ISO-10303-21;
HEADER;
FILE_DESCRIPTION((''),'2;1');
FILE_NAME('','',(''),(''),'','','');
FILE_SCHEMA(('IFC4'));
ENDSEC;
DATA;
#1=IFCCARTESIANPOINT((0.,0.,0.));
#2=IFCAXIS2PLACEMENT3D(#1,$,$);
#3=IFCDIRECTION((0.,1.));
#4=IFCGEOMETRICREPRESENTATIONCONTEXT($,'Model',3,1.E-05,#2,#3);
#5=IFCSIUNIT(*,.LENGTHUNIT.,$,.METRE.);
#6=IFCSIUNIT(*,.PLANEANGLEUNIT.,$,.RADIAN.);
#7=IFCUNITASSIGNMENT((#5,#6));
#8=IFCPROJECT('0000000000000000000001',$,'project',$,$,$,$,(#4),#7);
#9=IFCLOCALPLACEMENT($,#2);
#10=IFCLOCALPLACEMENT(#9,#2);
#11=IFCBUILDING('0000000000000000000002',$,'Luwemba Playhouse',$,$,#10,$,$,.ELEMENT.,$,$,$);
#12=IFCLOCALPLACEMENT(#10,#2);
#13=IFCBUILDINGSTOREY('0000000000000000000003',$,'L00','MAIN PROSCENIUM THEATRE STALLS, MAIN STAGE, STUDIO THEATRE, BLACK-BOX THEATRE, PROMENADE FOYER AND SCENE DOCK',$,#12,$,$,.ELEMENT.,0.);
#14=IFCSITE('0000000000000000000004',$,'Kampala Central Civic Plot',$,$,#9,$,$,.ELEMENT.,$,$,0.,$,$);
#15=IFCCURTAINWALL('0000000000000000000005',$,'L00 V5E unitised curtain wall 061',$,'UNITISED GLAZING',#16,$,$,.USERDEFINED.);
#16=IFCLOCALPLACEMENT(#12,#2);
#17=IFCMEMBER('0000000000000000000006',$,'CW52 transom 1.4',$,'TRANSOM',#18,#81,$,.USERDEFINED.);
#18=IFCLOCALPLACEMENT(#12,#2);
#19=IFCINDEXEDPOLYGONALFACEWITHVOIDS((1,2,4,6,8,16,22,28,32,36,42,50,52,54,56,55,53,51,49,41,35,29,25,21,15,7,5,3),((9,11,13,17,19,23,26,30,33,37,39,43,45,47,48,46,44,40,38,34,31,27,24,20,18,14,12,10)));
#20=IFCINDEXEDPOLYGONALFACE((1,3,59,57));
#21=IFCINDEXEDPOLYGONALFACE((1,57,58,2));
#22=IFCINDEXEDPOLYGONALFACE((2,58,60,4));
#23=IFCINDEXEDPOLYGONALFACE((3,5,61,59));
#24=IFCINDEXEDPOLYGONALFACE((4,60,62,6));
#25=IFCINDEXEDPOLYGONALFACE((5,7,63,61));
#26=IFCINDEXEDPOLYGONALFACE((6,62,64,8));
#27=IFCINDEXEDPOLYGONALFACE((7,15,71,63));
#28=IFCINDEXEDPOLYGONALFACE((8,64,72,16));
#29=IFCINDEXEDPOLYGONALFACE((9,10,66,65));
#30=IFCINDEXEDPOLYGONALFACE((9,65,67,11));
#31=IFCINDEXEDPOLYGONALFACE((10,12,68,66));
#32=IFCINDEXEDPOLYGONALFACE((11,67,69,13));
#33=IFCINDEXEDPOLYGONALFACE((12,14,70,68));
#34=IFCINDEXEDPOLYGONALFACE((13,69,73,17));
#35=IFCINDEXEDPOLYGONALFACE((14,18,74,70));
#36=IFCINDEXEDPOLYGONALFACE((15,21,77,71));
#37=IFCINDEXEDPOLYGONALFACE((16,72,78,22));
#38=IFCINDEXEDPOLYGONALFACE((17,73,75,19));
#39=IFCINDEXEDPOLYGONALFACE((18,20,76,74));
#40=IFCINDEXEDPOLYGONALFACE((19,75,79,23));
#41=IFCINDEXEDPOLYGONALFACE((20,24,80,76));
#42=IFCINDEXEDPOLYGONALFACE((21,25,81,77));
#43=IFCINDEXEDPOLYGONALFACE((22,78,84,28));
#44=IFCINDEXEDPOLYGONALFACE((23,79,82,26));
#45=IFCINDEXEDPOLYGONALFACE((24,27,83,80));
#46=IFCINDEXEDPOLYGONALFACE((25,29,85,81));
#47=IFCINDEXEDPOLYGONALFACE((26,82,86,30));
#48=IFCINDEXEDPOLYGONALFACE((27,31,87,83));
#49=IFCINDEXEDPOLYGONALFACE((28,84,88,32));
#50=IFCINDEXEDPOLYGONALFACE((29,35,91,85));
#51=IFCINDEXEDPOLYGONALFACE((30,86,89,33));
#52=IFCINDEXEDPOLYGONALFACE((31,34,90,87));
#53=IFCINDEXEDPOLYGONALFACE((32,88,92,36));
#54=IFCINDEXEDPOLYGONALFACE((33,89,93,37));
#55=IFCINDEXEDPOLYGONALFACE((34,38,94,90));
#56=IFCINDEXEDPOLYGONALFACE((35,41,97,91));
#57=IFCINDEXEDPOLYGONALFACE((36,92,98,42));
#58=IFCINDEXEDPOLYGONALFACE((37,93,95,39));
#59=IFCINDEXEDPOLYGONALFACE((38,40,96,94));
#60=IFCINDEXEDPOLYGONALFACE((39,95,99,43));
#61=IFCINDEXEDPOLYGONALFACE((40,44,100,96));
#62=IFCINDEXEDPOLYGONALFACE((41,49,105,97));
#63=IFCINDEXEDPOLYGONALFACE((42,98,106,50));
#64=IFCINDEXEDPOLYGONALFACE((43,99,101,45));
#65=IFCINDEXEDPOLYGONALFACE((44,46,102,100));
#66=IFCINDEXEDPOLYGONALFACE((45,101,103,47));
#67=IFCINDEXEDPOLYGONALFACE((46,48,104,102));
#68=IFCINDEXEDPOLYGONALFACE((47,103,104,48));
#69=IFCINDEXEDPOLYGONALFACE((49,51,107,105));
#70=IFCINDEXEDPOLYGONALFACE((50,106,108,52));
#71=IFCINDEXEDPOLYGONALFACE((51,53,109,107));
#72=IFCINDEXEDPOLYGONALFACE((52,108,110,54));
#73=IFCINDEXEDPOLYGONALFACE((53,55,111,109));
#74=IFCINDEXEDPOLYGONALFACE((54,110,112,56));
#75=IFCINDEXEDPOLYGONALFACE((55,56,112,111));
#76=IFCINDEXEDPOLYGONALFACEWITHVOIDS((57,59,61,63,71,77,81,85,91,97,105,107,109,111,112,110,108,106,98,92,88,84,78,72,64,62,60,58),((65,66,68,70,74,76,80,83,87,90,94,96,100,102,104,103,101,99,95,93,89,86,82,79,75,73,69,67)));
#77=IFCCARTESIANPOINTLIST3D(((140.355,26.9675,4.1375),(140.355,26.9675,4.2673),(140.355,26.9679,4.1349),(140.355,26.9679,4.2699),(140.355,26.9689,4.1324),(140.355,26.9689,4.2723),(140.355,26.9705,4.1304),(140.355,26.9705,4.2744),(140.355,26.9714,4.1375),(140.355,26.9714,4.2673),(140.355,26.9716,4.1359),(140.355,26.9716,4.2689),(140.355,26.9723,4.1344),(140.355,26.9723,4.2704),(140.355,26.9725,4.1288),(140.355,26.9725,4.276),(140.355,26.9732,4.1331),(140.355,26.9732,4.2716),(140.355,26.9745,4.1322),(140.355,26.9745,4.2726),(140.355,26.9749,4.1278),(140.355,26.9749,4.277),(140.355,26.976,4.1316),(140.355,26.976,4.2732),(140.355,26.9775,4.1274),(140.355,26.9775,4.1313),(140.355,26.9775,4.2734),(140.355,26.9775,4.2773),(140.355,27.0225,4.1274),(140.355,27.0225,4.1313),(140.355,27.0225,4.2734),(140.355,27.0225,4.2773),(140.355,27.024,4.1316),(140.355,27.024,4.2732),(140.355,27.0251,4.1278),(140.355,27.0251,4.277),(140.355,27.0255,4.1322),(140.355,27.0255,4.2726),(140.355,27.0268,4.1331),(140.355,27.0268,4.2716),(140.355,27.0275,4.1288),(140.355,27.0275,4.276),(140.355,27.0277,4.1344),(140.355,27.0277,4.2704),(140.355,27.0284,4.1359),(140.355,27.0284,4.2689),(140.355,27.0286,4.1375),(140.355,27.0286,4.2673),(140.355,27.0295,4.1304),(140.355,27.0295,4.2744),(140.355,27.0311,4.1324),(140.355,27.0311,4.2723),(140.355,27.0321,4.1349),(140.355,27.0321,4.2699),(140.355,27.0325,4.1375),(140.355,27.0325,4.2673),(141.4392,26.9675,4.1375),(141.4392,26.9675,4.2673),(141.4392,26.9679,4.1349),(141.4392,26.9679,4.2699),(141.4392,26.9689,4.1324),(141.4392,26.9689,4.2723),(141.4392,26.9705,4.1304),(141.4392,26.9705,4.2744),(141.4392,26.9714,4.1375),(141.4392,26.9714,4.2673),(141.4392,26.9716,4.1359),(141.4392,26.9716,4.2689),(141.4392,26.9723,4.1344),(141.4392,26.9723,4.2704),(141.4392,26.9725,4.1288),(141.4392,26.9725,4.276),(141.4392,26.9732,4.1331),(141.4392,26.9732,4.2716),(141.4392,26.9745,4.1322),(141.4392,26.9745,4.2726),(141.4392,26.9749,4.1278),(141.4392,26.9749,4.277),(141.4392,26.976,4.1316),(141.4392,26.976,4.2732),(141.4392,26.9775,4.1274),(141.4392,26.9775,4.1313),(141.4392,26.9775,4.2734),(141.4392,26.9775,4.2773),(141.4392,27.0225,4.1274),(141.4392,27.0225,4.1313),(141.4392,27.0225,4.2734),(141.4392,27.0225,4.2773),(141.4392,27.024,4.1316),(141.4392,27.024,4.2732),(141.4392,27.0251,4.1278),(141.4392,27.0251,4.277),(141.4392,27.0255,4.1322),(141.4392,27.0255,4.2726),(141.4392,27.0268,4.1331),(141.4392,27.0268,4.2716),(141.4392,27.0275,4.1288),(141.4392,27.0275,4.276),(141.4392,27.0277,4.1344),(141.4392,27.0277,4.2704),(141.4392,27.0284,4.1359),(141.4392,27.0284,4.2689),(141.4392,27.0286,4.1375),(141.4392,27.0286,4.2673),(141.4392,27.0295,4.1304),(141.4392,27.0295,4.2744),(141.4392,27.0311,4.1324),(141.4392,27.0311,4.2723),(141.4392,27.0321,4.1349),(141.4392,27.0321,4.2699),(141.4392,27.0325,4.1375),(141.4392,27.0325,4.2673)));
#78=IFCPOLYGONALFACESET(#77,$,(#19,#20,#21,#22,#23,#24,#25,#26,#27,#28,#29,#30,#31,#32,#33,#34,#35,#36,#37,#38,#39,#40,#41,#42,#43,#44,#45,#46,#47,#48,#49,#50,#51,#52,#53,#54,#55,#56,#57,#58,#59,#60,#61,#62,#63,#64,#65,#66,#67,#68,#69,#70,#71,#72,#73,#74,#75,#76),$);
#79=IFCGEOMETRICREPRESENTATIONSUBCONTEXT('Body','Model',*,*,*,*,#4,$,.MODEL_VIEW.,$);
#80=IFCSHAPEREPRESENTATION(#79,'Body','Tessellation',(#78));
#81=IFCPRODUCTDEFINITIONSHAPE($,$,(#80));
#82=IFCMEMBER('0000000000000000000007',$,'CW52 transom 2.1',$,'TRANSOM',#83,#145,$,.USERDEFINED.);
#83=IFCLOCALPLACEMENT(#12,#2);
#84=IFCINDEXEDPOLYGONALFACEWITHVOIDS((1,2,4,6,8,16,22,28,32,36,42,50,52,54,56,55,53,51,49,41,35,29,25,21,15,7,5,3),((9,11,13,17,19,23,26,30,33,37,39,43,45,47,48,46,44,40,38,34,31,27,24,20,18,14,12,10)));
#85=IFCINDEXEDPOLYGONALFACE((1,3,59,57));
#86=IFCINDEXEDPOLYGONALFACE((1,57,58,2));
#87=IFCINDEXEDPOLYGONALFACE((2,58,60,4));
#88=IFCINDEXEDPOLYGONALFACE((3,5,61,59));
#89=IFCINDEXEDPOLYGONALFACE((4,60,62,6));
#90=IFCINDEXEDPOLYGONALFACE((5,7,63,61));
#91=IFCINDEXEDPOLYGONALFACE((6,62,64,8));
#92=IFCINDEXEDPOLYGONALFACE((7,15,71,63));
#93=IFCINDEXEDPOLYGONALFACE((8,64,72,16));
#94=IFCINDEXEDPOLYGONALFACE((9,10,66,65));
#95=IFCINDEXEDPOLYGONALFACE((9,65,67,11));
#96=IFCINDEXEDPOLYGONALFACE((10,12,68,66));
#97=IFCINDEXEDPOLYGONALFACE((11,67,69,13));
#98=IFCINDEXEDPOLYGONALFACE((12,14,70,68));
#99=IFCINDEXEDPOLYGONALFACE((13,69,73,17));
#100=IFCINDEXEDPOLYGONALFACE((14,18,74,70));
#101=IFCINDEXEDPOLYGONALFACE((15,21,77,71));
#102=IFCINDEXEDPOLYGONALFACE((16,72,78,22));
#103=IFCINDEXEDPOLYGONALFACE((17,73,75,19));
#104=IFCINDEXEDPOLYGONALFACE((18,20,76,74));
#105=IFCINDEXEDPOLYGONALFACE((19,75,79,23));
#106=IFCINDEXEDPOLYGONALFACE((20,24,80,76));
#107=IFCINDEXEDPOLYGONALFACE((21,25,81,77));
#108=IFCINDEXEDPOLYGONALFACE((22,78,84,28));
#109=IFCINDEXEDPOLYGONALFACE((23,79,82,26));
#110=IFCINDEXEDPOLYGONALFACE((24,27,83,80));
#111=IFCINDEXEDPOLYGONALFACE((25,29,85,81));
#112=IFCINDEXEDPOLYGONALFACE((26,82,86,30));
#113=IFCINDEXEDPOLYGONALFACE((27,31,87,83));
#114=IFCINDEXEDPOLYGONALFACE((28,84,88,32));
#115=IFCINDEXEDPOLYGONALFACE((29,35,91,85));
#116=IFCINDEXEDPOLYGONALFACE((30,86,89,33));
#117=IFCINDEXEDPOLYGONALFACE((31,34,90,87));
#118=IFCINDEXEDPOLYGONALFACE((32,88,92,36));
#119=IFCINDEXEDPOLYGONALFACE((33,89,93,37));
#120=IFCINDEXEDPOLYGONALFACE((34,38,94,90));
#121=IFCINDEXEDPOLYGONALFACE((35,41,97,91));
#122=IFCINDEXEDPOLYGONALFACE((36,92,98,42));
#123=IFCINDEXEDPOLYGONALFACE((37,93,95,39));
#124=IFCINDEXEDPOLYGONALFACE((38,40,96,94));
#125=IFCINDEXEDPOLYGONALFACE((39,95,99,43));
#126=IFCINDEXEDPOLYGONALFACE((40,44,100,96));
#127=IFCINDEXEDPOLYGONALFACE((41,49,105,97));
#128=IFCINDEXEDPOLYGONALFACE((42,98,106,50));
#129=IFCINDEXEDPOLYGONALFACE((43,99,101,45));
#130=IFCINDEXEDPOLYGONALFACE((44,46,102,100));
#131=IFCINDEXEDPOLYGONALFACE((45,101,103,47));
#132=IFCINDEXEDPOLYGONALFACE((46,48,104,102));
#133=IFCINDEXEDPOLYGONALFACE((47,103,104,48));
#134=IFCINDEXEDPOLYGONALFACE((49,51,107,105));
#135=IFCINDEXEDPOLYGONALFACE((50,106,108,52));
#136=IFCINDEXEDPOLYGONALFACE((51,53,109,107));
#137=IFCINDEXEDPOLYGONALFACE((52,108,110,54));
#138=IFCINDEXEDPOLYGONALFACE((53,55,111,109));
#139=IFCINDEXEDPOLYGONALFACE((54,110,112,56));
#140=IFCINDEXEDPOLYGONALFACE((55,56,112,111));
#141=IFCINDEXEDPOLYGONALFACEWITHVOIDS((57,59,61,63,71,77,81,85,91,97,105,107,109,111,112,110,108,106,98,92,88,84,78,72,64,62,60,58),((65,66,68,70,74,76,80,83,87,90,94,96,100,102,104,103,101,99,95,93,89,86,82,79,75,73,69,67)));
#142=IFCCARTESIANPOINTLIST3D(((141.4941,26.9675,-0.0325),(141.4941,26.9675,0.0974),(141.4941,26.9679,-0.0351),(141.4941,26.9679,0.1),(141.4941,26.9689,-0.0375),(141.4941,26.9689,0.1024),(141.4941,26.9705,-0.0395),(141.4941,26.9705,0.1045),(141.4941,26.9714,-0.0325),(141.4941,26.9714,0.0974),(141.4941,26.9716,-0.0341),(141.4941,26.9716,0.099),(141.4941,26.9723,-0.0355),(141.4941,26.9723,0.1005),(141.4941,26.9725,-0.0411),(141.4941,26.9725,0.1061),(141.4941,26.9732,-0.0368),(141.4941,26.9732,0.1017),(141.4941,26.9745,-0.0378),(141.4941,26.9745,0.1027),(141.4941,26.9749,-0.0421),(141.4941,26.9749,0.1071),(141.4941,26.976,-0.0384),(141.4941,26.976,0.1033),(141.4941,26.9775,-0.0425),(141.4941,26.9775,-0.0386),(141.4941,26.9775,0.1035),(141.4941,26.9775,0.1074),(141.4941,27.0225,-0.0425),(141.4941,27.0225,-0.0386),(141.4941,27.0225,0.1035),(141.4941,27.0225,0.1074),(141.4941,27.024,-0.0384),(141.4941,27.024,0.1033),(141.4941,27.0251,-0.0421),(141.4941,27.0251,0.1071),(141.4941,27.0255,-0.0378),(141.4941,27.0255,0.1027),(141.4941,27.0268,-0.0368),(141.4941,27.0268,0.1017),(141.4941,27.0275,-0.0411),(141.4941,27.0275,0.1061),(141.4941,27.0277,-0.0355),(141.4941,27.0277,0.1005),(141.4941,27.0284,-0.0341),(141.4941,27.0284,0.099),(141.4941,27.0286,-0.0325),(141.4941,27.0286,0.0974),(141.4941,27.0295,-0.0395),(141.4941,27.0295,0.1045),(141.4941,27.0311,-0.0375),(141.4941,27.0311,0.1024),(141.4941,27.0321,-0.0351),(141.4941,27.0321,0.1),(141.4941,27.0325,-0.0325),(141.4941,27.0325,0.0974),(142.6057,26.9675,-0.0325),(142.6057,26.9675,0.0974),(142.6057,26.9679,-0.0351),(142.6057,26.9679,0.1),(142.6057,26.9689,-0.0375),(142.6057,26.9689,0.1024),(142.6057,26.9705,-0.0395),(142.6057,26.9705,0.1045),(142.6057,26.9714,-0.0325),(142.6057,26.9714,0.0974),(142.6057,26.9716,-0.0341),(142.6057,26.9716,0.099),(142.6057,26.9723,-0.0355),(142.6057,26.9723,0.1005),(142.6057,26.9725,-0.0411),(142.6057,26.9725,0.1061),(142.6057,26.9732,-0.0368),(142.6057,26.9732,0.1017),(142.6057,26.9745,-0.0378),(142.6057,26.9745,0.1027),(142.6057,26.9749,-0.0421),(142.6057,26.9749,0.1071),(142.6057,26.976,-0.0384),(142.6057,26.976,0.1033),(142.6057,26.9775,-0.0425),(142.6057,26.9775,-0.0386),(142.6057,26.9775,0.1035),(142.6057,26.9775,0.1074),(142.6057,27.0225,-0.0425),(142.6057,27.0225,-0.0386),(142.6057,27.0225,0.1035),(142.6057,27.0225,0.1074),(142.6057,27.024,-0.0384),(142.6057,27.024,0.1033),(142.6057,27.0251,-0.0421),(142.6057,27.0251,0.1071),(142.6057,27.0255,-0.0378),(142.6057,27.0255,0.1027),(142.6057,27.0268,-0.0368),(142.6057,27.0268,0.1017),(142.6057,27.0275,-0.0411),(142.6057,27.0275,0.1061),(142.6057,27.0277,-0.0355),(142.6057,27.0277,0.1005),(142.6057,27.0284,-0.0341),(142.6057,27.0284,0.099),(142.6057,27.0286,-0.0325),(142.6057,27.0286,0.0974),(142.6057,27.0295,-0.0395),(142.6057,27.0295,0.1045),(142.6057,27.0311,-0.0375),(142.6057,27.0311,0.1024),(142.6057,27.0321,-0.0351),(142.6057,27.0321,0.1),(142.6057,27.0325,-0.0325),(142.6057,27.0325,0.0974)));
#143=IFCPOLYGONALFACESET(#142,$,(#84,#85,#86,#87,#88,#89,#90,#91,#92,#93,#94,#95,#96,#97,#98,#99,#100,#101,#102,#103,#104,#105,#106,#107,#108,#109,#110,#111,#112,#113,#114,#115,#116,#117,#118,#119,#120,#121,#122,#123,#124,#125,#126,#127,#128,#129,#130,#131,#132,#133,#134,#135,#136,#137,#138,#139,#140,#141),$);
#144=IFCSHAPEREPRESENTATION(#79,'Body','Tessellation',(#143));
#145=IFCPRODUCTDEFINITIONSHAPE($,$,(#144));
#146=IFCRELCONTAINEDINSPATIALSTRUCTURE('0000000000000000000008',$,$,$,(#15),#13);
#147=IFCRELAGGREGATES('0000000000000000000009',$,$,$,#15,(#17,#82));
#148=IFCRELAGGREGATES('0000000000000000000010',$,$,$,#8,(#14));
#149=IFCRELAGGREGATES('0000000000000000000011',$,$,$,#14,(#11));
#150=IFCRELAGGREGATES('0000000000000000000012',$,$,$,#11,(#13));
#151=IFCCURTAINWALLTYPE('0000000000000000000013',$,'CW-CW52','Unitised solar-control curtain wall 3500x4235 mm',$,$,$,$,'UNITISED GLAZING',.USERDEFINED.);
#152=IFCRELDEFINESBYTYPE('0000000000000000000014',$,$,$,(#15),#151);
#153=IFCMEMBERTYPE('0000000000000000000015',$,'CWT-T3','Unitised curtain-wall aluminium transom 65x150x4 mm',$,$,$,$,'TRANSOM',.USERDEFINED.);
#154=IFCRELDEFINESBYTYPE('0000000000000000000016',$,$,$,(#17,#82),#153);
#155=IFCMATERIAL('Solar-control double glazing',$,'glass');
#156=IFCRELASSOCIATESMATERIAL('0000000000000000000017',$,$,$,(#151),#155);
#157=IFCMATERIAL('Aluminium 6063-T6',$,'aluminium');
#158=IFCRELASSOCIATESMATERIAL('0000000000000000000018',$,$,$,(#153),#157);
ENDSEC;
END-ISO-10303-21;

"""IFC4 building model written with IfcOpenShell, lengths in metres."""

from ifc_helpers import new_model, si_unit, direction, frame, origin, origin_2d, place, context, subcontext, project, spatial, hollow_rectangle, extrude, material, material_profile, profile_set, type_object, element, aggregate, save


model = new_model("IFC4")

# Units and contexts
model_context = context("Model", 3, precision=1e-05, world=origin(), true_north=direction((0.0, 1.0)))
body_context = subcontext(model_context, "Body", "Model", "MODEL_VIEW")
ifc_project = project(units=[si_unit("LENGTHUNIT", "METRE"), si_unit("PLANEANGLEUNIT", "RADIAN")], contexts=[model_context])

# Site, building, storey
site_placement = place(None, origin())
site = spatial("IfcSite", under=ifc_project, at=site_placement, Name="Kampala Central Civic Plot", CompositionType="ELEMENT", RefElevation=0.0)
building_placement = place(site_placement, origin())
building = spatial("IfcBuilding", under=site, at=building_placement, Name="Luwemba Playhouse", CompositionType="ELEMENT")
storey_placement = place(building_placement, origin())
storey = spatial("IfcBuildingStorey", under=building, at=storey_placement, Name="L00", Description="MAIN PROSCENIUM THEATRE STALLS, MAIN STAGE, STUDIO THEATRE, BLACK-BOX THEATRE, PROMENADE FOYER AND SCENE DOCK", CompositionType="ELEMENT", Elevation=0.0)

# Shared definitions
ifc_material_1 = material(Name="Solar-control double glazing", Category="glass")
ifc_material_2 = material(Name="Aluminium 6063-T6", Category="aluminium")

# Curtain wall
curtain_wall_type_1 = type_object("IfcCurtainWallType", Name="CW-CW52", Description="Unitised solar-control curtain wall 3500x4235 mm", ElementType="UNITISED GLAZING", PredefinedType="USERDEFINED", material=ifc_material_1)
curtain_wall_1_placement = place(storey_placement, origin())
curtain_wall_1 = element("IfcCurtainWall", 1, at=curtain_wall_1_placement, inside=storey, type_object=curtain_wall_type_1, Name="L00 V5E unitised curtain wall 061", ObjectType="UNITISED GLAZING", PredefinedType="USERDEFINED")

# Members
ifc_material_profile_1 = material_profile(ifc_material_2, hollow_rectangle(XDim=0.0649, YDim=0.1499, WallThickness=0.0039, InnerFilletRadius=0.0061, OuterFilletRadius=0.01, at=origin_2d()))
ifc_profile_set_1 = profile_set([ifc_material_profile_1], Name="Aluminium 6063-T6")
member_type_1 = type_object("IfcMemberType", Name="CWT-T3", Description="Unitised curtain-wall aluminium transom 65x150x4 mm", ElementType="TRANSOM", PredefinedType="USERDEFINED", material=ifc_profile_set_1)
member_1_placement = place(storey_placement, frame((140.355, 27.0, 4.2024), z_axis=(1.0, 0.0, 0.0), x_axis=(0.0, 1.0, 0.0)))
member_1 = element("IfcMember", 2, at=member_1_placement, type_object=member_type_1, Name="CW52 transom 1.4", ObjectType="TRANSOM", PredefinedType="USERDEFINED", context=body_context, shape_type="SweptSolid", body=[
    extrude(hollow_rectangle(XDim=0.0649, YDim=0.1499, WallThickness=0.0039, InnerFilletRadius=0.0061, OuterFilletRadius=0.01, at=origin_2d()), origin(), (0.0, 0.0, 1.0), 1.0842),
])
member_2_placement = place(storey_placement, frame((141.4941, 27.0, 0.0325), z_axis=(1.0, 0.0, 0.0), x_axis=(0.0, 1.0, 0.0)))
member_2 = element("IfcMember", 3, at=member_2_placement, type_object=member_type_1, Name="CW52 transom 2.1", ObjectType="TRANSOM", PredefinedType="USERDEFINED", context=body_context, shape_type="SweptSolid", body=[
    extrude(hollow_rectangle(XDim=0.0649, YDim=0.1499, WallThickness=0.0039, InnerFilletRadius=0.0061, OuterFilletRadius=0.01, at=origin_2d()), origin(), (0.0, 0.0, 1.0), 1.1116),
])

aggregate(curtain_wall_1, [member_1, member_2])

save(model, "model.ifc")
